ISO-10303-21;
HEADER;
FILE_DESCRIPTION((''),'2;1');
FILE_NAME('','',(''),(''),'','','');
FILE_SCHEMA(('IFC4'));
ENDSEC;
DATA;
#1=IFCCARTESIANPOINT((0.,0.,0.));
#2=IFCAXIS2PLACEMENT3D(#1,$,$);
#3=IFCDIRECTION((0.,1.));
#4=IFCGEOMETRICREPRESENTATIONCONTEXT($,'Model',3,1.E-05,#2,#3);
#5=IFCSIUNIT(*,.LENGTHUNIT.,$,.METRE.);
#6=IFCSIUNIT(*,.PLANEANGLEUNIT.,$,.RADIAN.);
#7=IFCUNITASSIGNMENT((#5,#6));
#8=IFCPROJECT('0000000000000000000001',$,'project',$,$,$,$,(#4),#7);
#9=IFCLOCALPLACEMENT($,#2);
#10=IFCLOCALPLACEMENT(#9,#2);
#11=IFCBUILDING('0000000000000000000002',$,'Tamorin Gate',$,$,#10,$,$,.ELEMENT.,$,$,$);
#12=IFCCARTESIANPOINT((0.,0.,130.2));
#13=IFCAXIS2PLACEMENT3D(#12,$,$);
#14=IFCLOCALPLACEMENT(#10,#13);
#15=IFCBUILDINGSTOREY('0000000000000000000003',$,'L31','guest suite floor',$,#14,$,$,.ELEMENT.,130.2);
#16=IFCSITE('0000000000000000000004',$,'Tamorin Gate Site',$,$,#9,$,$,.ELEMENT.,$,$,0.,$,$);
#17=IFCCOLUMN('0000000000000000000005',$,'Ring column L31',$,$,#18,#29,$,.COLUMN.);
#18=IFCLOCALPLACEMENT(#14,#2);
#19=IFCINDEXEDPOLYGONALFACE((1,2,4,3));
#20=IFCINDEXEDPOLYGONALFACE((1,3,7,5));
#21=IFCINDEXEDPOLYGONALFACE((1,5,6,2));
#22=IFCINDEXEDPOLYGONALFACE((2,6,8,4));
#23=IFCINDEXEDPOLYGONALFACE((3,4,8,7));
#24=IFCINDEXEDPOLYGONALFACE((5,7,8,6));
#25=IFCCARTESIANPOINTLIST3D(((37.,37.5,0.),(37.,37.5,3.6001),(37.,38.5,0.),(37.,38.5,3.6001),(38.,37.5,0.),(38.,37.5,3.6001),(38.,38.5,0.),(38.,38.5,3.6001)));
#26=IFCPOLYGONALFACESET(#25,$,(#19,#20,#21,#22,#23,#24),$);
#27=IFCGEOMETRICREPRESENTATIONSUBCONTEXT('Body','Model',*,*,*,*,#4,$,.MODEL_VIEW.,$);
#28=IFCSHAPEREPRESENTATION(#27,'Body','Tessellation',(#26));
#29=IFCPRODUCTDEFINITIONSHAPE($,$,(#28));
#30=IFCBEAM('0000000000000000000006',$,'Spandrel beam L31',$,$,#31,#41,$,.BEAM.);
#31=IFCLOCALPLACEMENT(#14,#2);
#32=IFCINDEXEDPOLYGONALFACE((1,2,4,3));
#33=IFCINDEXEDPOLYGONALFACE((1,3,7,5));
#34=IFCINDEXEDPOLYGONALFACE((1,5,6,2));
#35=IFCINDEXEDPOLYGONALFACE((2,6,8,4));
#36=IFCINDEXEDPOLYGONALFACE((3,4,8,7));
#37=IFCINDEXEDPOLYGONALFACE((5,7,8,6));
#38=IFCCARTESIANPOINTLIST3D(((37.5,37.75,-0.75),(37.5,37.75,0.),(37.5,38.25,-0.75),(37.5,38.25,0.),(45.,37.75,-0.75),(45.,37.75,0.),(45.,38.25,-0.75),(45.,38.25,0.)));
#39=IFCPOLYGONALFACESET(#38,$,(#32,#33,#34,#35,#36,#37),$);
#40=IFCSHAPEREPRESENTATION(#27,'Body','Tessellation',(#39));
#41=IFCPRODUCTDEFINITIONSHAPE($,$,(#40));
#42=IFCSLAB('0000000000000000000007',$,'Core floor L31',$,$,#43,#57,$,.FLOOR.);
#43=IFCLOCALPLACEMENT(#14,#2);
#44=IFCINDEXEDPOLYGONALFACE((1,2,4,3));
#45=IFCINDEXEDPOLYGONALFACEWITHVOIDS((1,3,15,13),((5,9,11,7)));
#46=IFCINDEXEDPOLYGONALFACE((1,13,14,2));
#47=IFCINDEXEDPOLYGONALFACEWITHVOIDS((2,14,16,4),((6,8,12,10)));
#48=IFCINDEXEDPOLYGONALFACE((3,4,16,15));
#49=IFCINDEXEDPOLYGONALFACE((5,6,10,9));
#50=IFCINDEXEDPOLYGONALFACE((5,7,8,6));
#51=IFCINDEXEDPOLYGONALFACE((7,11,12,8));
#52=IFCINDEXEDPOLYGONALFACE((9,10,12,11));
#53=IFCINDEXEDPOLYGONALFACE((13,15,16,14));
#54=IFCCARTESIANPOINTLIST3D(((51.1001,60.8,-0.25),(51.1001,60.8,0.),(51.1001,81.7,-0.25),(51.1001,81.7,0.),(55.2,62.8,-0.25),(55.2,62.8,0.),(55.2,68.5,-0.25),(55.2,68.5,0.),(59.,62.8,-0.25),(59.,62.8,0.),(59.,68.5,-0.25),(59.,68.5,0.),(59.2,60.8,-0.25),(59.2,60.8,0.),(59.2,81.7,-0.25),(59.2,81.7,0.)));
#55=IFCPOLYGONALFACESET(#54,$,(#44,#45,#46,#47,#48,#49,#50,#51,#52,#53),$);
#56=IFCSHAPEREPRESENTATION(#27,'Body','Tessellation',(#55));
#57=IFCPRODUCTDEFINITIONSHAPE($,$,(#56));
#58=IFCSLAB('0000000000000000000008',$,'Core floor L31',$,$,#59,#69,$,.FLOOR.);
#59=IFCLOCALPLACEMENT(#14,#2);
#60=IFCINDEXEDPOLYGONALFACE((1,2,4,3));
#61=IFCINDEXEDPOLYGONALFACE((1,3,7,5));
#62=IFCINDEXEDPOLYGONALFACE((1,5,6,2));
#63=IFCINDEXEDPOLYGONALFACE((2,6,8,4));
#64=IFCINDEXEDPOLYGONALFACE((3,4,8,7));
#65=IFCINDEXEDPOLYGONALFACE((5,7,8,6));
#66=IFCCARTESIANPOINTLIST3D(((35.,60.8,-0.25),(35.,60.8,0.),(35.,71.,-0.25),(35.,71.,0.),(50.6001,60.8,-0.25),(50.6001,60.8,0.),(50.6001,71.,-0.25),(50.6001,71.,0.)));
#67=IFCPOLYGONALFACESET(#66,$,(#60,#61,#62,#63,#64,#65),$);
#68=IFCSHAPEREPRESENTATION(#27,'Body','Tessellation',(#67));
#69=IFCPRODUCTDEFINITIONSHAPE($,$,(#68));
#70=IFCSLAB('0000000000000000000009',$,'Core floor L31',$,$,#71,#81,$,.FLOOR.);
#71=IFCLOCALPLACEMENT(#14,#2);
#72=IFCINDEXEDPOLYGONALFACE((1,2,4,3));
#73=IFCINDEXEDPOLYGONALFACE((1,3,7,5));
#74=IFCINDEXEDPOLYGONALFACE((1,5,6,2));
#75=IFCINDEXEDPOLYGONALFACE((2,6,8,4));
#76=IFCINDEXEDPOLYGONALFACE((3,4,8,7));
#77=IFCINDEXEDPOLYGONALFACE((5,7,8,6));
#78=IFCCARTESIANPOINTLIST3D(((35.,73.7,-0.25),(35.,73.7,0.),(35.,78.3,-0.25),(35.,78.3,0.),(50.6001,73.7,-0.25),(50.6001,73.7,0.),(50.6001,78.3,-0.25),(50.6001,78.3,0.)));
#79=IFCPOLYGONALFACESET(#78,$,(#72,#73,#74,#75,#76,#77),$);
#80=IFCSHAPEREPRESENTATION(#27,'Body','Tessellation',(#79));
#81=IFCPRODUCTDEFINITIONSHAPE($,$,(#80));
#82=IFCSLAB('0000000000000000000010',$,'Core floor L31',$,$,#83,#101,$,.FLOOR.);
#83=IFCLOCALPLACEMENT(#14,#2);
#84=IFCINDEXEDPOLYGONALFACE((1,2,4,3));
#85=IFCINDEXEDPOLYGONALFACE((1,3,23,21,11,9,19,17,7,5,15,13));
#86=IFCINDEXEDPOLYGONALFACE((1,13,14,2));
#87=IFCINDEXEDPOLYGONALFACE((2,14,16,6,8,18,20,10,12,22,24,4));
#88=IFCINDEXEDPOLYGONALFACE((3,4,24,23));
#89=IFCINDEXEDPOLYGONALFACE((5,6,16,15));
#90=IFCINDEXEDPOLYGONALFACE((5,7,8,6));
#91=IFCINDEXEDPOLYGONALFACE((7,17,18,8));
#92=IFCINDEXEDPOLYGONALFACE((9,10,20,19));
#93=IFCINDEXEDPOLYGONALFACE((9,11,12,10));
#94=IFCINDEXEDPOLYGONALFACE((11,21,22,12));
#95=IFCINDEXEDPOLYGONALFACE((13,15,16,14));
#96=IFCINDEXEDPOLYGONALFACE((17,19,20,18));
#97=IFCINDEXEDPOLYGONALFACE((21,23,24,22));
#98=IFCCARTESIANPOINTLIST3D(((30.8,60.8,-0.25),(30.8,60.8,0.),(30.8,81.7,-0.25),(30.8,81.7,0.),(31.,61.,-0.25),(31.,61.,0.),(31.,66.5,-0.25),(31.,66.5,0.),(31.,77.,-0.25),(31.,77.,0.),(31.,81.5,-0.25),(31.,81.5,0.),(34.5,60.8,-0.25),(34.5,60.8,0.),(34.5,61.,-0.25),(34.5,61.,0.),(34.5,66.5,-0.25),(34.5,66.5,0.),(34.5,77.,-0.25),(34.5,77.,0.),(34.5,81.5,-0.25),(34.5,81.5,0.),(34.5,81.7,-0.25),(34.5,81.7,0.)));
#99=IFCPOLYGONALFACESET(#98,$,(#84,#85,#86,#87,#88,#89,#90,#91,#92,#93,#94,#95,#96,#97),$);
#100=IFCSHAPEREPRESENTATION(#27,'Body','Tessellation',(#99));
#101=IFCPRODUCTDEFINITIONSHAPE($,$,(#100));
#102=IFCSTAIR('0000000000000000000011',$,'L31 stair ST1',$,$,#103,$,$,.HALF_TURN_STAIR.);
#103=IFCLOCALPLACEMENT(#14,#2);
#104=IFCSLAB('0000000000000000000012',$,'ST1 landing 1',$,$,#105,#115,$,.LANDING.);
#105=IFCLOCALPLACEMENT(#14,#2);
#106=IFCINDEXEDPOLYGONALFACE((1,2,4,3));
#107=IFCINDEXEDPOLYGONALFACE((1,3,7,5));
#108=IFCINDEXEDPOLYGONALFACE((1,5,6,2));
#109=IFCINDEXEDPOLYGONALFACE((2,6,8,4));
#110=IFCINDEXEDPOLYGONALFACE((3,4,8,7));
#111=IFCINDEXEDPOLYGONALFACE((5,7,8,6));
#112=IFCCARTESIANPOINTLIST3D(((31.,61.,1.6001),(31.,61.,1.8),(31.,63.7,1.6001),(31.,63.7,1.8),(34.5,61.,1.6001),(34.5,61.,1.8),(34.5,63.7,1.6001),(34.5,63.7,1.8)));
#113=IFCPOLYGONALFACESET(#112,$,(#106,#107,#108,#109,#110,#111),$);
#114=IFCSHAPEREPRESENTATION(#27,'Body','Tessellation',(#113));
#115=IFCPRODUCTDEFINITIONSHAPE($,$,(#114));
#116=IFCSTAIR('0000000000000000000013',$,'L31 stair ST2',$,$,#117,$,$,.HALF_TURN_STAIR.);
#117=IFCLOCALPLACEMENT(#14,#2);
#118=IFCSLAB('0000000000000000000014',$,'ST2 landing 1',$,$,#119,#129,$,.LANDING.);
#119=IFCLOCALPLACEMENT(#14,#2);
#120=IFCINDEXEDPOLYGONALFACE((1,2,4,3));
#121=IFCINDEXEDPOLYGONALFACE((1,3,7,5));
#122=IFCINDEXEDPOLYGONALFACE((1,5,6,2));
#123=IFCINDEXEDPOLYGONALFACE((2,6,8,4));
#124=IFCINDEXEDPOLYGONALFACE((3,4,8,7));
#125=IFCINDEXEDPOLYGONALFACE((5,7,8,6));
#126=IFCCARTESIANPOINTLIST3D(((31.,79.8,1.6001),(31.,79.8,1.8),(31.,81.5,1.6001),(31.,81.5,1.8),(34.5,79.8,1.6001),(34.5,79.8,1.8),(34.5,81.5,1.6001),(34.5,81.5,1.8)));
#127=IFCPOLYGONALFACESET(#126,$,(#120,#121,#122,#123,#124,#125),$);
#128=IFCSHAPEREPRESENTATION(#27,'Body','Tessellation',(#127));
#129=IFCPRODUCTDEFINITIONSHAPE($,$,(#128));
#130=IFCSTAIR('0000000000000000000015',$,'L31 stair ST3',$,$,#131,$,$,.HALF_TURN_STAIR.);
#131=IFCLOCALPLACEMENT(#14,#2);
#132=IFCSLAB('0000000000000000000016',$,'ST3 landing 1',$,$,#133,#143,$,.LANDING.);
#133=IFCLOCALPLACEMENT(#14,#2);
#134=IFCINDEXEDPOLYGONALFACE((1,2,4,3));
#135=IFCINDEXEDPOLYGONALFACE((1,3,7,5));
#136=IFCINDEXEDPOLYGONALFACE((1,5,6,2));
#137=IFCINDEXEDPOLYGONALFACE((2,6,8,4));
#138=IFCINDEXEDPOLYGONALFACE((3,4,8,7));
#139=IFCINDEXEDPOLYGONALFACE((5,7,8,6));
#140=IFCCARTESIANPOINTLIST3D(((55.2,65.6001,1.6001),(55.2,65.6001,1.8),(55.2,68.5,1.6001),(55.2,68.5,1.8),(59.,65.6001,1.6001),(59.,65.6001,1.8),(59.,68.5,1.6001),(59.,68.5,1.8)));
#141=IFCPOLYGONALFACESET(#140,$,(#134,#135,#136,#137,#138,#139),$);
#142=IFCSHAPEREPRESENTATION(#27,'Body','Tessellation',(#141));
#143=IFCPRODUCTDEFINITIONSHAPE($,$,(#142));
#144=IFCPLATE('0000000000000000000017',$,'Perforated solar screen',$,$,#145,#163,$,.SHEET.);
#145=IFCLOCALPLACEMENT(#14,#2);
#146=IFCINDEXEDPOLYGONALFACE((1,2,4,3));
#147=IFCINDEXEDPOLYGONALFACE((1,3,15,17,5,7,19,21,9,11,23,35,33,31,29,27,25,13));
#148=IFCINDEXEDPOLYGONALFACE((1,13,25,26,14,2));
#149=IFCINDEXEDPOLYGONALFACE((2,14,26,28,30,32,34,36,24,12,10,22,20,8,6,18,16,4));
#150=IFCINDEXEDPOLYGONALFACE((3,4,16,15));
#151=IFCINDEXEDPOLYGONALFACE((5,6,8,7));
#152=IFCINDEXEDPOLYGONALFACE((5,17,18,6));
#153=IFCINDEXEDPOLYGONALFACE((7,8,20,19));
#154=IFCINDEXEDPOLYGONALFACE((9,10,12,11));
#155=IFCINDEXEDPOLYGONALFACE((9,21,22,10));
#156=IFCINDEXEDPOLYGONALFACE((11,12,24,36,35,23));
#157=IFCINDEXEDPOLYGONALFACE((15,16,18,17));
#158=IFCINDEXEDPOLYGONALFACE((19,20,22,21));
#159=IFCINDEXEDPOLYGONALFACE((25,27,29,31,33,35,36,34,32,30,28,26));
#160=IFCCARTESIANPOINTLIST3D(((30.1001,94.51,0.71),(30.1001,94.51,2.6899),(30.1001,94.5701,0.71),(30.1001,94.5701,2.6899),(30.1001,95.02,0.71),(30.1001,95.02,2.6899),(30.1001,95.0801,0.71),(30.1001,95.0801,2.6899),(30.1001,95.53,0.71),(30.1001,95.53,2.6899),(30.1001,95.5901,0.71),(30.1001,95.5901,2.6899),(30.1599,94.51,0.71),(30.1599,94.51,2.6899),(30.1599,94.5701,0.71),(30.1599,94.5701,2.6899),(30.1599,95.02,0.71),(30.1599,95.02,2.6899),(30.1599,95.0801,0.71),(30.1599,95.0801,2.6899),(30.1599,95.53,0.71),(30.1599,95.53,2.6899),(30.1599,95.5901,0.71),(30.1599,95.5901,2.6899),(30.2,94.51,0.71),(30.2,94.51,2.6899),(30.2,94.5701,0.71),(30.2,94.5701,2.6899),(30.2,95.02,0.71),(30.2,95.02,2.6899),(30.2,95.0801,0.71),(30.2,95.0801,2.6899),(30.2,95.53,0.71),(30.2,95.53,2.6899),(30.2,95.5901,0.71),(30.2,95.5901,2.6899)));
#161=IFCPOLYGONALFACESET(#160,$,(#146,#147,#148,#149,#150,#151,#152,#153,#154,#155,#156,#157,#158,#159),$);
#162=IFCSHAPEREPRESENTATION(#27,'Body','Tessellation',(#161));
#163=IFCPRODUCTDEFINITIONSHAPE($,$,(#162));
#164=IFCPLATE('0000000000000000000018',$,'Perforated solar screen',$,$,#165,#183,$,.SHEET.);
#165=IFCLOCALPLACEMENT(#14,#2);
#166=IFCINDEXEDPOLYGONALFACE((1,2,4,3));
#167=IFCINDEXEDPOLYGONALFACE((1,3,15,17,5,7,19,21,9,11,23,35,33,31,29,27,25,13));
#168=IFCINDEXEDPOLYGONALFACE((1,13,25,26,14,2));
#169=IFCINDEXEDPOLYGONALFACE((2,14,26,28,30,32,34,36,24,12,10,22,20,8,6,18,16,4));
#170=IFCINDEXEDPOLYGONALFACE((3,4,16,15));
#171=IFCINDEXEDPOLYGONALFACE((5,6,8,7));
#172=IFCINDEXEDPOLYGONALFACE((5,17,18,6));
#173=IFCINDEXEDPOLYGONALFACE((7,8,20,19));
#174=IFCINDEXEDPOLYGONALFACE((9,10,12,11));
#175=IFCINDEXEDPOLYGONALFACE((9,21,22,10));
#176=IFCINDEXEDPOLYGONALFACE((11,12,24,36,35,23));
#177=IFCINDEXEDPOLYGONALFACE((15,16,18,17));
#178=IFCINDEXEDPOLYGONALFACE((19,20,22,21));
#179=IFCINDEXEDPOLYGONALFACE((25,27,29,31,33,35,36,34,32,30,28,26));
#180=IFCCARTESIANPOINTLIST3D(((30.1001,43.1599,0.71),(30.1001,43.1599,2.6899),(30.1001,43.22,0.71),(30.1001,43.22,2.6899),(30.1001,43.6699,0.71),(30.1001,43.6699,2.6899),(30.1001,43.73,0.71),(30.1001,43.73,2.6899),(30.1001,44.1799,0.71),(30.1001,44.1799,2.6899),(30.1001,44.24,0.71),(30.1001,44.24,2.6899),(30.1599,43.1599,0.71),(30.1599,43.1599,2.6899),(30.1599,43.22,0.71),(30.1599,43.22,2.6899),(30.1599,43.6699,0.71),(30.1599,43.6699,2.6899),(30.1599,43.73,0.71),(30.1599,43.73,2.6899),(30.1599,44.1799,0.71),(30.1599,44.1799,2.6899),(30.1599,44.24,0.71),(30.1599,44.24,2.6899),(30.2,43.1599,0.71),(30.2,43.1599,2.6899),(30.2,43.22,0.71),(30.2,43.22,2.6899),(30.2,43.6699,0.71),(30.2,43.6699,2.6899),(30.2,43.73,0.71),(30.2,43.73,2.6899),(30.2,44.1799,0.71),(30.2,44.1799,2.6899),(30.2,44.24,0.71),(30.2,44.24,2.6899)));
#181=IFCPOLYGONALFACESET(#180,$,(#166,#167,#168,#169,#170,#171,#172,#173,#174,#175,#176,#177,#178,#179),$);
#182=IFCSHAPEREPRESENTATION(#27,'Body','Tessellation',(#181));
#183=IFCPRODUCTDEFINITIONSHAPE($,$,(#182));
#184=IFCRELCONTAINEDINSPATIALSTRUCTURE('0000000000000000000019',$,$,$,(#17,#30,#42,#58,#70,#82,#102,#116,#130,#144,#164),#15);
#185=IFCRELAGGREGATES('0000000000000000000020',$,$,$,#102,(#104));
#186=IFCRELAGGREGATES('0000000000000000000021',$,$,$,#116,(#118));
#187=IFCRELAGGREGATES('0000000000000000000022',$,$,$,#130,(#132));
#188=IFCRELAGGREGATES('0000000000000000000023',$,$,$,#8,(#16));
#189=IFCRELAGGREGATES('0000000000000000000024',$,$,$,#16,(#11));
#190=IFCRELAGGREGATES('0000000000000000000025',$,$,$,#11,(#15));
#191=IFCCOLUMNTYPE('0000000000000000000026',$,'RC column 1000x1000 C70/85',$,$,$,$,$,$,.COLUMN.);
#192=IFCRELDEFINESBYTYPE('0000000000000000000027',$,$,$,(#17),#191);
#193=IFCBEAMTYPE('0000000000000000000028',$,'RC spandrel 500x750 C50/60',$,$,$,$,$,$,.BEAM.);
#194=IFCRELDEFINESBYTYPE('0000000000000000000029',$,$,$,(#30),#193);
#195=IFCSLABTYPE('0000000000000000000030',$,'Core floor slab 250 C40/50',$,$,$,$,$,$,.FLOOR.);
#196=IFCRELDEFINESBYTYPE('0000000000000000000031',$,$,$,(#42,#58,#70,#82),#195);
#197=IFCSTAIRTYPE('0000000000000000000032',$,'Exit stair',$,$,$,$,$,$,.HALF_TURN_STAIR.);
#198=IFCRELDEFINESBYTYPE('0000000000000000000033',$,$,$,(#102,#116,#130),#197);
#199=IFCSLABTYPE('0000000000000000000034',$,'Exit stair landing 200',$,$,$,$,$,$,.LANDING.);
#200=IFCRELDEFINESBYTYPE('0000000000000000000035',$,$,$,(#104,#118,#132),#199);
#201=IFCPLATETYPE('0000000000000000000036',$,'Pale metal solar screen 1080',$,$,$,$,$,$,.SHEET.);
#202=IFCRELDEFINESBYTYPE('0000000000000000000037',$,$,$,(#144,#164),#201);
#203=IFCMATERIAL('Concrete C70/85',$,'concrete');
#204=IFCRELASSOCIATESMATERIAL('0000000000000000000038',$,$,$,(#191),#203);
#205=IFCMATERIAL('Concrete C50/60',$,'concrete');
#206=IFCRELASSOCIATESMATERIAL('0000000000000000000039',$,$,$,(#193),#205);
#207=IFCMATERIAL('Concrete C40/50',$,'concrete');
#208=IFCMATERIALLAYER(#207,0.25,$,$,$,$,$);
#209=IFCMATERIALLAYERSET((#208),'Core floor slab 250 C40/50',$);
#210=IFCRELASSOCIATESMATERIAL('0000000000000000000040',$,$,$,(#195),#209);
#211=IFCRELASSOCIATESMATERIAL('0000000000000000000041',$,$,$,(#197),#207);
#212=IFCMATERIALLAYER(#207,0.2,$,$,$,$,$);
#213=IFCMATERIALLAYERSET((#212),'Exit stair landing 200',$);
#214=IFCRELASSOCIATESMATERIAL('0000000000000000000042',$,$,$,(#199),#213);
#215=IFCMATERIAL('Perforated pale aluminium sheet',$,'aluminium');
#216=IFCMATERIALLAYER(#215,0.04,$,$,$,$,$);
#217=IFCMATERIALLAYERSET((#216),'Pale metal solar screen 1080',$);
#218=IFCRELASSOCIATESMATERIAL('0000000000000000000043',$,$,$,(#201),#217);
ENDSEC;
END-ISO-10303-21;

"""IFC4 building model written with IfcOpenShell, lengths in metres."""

from ifc_helpers import new_model, si_unit, direction, frame, origin, origin_2d, place, context, subcontext, project, spatial, polyline, rectangle, outline, extrude, material, layer, layer_set, material_profile, profile_set, type_object, element, aggregate, save


model = new_model("IFC4")

# Units and contexts
model_context = context("Model", 3, precision=1e-05, world=origin(), true_north=direction((0.0, 1.0)))
body_context = subcontext(model_context, "Body", "Model", "MODEL_VIEW")
ifc_project = project(units=[si_unit("LENGTHUNIT", "METRE"), si_unit("PLANEANGLEUNIT", "RADIAN")], contexts=[model_context])

# Site, building, storey
site_placement = place(None, origin())
site = spatial("IfcSite", under=ifc_project, at=site_placement, Name="Tamorin Gate Site", CompositionType="ELEMENT", RefElevation=0.0)
building_placement = place(site_placement, origin())
building = spatial("IfcBuilding", under=site, at=building_placement, Name="Tamorin Gate", CompositionType="ELEMENT")
storey_placement = place(building_placement, frame((0.0, 0.0, 130.2)))
storey = spatial("IfcBuildingStorey", under=building, at=storey_placement, Name="L31", Description="guest suite floor", CompositionType="ELEMENT", Elevation=130.2)

# Column
ifc_material_1 = material(Name="Concrete C70/85", Category="concrete")
ifc_material_profile_1 = material_profile(ifc_material_1, rectangle(XDim=1.0, YDim=1.0, at=origin_2d()), Name="RC 1000x1000")
ifc_profile_set_1 = profile_set([ifc_material_profile_1], Name="Concrete C70/85")
column_type = type_object("IfcColumnType", Name="RC column 1000x1000 C70/85", PredefinedType="COLUMN", material=ifc_profile_set_1)
column_placement = place(storey_placement, frame((37.5, 38.0, 0.0), z_axis=(0.0, 0.0, 1.0), x_axis=(1.0, 0.0, 0.0)))
element("IfcColumn", 1, at=column_placement, inside=storey, type_object=column_type, Name="Ring column L31", PredefinedType="COLUMN", context=body_context, shape_type="SweptSolid", body=[
    extrude(rectangle(XDim=1.0, YDim=1.0, at=origin_2d()), origin(), (0.0, 0.0, 1.0), 3.6001),
])

# Beam
ifc_material_2 = material(Name="Concrete C50/60", Category="concrete")
ifc_material_profile_2 = material_profile(ifc_material_2, rectangle(XDim=0.5, YDim=0.75, at=origin_2d()), Name="RC 500x750")
ifc_profile_set_2 = profile_set([ifc_material_profile_2], Name="Concrete C50/60")
beam_type = type_object("IfcBeamType", Name="RC spandrel 500x750 C50/60", PredefinedType="BEAM", material=ifc_profile_set_2)
beam_placement = place(storey_placement, frame((37.5, 38.0, -0.375), z_axis=(1.0, 0.0, 0.0), x_axis=(0.0, 1.0, 0.0)))
element("IfcBeam", 2, at=beam_placement, inside=storey, type_object=beam_type, Name="Spandrel beam L31", PredefinedType="BEAM", context=body_context, shape_type="SweptSolid", body=[
    extrude(rectangle(XDim=0.5, YDim=0.75, at=origin_2d()), origin(), (0.0, 0.0, 1.0), 7.5),
])

# Slabs
ifc_material_3 = material(Name="Concrete C40/50", Category="concrete")
ifc_layer_1 = layer(ifc_material_3, 0.25)
ifc_layer_set_1 = layer_set([ifc_layer_1], Name="Core floor slab 250 C40/50")
slab_type_1 = type_object("IfcSlabType", Name="Core floor slab 250 C40/50", PredefinedType="FLOOR", material=ifc_layer_set_1)
slab_1_placement = place(storey_placement, frame((0.0, 0.0, -0.25)))
element("IfcSlab", 3, at=slab_1_placement, inside=storey, type_object=slab_type_1, Name="Core floor L31", PredefinedType="FLOOR", context=body_context, shape_type="SweptSolid", body=[
    extrude(outline(polyline([(51.1001, 81.7), (59.2, 81.7), (59.2, 60.8), (51.1001, 60.8), (51.1001, 81.7)]), holes=[polyline([(55.2, 62.8), (59.0, 62.8), (59.0, 68.5), (55.2, 68.5), (55.2, 62.8)])]), origin(), (0.0, 0.0, 1.0), 0.25),
])
slab_2_placement = place(storey_placement, frame((0.0, 0.0, -0.25)))
element("IfcSlab", 4, at=slab_2_placement, inside=storey, type_object=slab_type_1, Name="Core floor L31", PredefinedType="FLOOR", context=body_context, shape_type="SweptSolid", body=[
    extrude(outline(polyline([(50.6001, 71.0), (50.6001, 60.8), (35.0, 60.8), (35.0, 71.0), (50.6001, 71.0)])), origin(), (0.0, 0.0, 1.0), 0.25),
])
slab_3_placement = place(storey_placement, frame((0.0, 0.0, -0.25)))
element("IfcSlab", 5, at=slab_3_placement, inside=storey, type_object=slab_type_1, Name="Core floor L31", PredefinedType="FLOOR", context=body_context, shape_type="SweptSolid", body=[
    extrude(outline(polyline([(50.6001, 73.7), (35.0, 73.7), (35.0, 78.3), (50.6001, 78.3), (50.6001, 73.7)])), origin(), (0.0, 0.0, 1.0), 0.25),
])
slab_4_placement = place(storey_placement, frame((0.0, 0.0, -0.25)))
element("IfcSlab", 6, at=slab_4_placement, inside=storey, type_object=slab_type_1, Name="Core floor L31", PredefinedType="FLOOR", context=body_context, shape_type="SweptSolid", body=[
    extrude(outline(polyline([(34.5, 60.8), (30.8, 60.8), (30.8, 81.7), (34.5, 81.7), (34.5, 81.5), (31.0, 81.5), (31.0, 77.0), (34.5, 77.0), (34.5, 66.5), (31.0, 66.5), (31.0, 61.0), (34.5, 61.0), (34.5, 60.8)])), origin(), (0.0, 0.0, 1.0), 0.25),
])

# Stairs, slabs
stair_type = type_object("IfcStairType", Name="Exit stair", PredefinedType="HALF_TURN_STAIR", material=ifc_material_3)
stair_1_placement = place(storey_placement, origin())
stair_1 = element("IfcStair", 7, at=stair_1_placement, inside=storey, type_object=stair_type, Name="L31 stair ST1", PredefinedType="HALF_TURN_STAIR")
ifc_layer_2 = layer(ifc_material_3, 0.2)
ifc_layer_set_2 = layer_set([ifc_layer_2], Name="Exit stair landing 200")
slab_type_2 = type_object("IfcSlabType", Name="Exit stair landing 200", PredefinedType="LANDING", material=ifc_layer_set_2)
slab_5_placement = place(storey_placement, frame((0.0, 0.0, 1.6001)))
slab_5 = element("IfcSlab", 8, at=slab_5_placement, type_object=slab_type_2, Name="ST1 landing 1", PredefinedType="LANDING", context=body_context, shape_type="SweptSolid", body=[
    extrude(outline(polyline([(31.0, 63.7), (31.0, 61.0), (34.5, 61.0), (34.5, 63.7), (31.0, 63.7)])), origin(), (0.0, 0.0, 1.0), 0.2),
])
aggregate(stair_1, [slab_5])
stair_2_placement = place(storey_placement, origin())
stair_2 = element("IfcStair", 9, at=stair_2_placement, inside=storey, type_object=stair_type, Name="L31 stair ST2", PredefinedType="HALF_TURN_STAIR")
slab_6_placement = place(storey_placement, frame((0.0, 0.0, 1.6001)))
slab_6 = element("IfcSlab", 10, at=slab_6_placement, type_object=slab_type_2, Name="ST2 landing 1", PredefinedType="LANDING", context=body_context, shape_type="SweptSolid", body=[
    extrude(outline(polyline([(34.5, 79.8), (34.5, 81.5), (31.0, 81.5), (31.0, 79.8), (34.5, 79.8)])), origin(), (0.0, 0.0, 1.0), 0.2),
])
aggregate(stair_2, [slab_6])
stair_3_placement = place(storey_placement, origin())
stair_3 = element("IfcStair", 11, at=stair_3_placement, inside=storey, type_object=stair_type, Name="L31 stair ST3", PredefinedType="HALF_TURN_STAIR")
slab_7_placement = place(storey_placement, frame((0.0, 0.0, 1.6001)))
slab_7 = element("IfcSlab", 12, at=slab_7_placement, type_object=slab_type_2, Name="ST3 landing 1", PredefinedType="LANDING", context=body_context, shape_type="SweptSolid", body=[
    extrude(outline(polyline([(59.0, 65.6001), (59.0, 68.5), (55.2, 68.5), (55.2, 65.6001), (59.0, 65.6001)])), origin(), (0.0, 0.0, 1.0), 0.2),
])
aggregate(stair_3, [slab_7])

# Plates
ifc_material_4 = material(Name="Perforated pale aluminium sheet", Category="aluminium")
ifc_layer_3 = layer(ifc_material_4, 0.04)
ifc_layer_set_3 = layer_set([ifc_layer_3], Name="Pale metal solar screen 1080")
plate_type_1 = type_object("IfcPlateType", Name="Pale metal solar screen 1080", PredefinedType="SHEET", material=ifc_layer_set_3)
plate_1_placement = place(storey_placement, frame((0.0, 0.0, 0.71)))
element("IfcPlate", 13, at=plate_1_placement, inside=storey, type_object=plate_type_1, Name="Perforated solar screen", PredefinedType="SHEET", context=body_context, shape_type="SweptSolid", body=[
    extrude(outline(polyline([(30.1599, 95.5901), (30.2, 95.5901), (30.2, 95.53), (30.2, 95.0801), (30.2, 95.02), (30.2, 94.5701), (30.2, 94.51), (30.1599, 94.51), (30.1001, 94.51), (30.1001, 94.5701), (30.1599, 94.5701), (30.1599, 95.02), (30.1001, 95.02), (30.1001, 95.0801), (30.1599, 95.0801), (30.1599, 95.53), (30.1001, 95.53), (30.1001, 95.5901), (30.1599, 95.5901)])), origin(), (0.0, 0.0, 1.0), 1.98),
])
plate_2_placement = place(storey_placement, frame((0.0, 0.0, 0.71)))
element("IfcPlate", 14, at=plate_2_placement, inside=storey, type_object=plate_type_1, Name="Perforated solar screen", PredefinedType="SHEET", context=body_context, shape_type="SweptSolid", body=[
    extrude(outline(polyline([(30.1599, 44.24), (30.2, 44.24), (30.2, 44.1799), (30.2, 43.73), (30.2, 43.6699), (30.2, 43.22), (30.2, 43.1599), (30.1599, 43.1599), (30.1001, 43.1599), (30.1001, 43.22), (30.1599, 43.22), (30.1599, 43.6699), (30.1001, 43.6699), (30.1001, 43.73), (30.1599, 43.73), (30.1599, 44.1799), (30.1001, 44.1799), (30.1001, 44.24), (30.1599, 44.24)])), origin(), (0.0, 0.0, 1.0), 1.98),
])

save(model, "model.ifc")
